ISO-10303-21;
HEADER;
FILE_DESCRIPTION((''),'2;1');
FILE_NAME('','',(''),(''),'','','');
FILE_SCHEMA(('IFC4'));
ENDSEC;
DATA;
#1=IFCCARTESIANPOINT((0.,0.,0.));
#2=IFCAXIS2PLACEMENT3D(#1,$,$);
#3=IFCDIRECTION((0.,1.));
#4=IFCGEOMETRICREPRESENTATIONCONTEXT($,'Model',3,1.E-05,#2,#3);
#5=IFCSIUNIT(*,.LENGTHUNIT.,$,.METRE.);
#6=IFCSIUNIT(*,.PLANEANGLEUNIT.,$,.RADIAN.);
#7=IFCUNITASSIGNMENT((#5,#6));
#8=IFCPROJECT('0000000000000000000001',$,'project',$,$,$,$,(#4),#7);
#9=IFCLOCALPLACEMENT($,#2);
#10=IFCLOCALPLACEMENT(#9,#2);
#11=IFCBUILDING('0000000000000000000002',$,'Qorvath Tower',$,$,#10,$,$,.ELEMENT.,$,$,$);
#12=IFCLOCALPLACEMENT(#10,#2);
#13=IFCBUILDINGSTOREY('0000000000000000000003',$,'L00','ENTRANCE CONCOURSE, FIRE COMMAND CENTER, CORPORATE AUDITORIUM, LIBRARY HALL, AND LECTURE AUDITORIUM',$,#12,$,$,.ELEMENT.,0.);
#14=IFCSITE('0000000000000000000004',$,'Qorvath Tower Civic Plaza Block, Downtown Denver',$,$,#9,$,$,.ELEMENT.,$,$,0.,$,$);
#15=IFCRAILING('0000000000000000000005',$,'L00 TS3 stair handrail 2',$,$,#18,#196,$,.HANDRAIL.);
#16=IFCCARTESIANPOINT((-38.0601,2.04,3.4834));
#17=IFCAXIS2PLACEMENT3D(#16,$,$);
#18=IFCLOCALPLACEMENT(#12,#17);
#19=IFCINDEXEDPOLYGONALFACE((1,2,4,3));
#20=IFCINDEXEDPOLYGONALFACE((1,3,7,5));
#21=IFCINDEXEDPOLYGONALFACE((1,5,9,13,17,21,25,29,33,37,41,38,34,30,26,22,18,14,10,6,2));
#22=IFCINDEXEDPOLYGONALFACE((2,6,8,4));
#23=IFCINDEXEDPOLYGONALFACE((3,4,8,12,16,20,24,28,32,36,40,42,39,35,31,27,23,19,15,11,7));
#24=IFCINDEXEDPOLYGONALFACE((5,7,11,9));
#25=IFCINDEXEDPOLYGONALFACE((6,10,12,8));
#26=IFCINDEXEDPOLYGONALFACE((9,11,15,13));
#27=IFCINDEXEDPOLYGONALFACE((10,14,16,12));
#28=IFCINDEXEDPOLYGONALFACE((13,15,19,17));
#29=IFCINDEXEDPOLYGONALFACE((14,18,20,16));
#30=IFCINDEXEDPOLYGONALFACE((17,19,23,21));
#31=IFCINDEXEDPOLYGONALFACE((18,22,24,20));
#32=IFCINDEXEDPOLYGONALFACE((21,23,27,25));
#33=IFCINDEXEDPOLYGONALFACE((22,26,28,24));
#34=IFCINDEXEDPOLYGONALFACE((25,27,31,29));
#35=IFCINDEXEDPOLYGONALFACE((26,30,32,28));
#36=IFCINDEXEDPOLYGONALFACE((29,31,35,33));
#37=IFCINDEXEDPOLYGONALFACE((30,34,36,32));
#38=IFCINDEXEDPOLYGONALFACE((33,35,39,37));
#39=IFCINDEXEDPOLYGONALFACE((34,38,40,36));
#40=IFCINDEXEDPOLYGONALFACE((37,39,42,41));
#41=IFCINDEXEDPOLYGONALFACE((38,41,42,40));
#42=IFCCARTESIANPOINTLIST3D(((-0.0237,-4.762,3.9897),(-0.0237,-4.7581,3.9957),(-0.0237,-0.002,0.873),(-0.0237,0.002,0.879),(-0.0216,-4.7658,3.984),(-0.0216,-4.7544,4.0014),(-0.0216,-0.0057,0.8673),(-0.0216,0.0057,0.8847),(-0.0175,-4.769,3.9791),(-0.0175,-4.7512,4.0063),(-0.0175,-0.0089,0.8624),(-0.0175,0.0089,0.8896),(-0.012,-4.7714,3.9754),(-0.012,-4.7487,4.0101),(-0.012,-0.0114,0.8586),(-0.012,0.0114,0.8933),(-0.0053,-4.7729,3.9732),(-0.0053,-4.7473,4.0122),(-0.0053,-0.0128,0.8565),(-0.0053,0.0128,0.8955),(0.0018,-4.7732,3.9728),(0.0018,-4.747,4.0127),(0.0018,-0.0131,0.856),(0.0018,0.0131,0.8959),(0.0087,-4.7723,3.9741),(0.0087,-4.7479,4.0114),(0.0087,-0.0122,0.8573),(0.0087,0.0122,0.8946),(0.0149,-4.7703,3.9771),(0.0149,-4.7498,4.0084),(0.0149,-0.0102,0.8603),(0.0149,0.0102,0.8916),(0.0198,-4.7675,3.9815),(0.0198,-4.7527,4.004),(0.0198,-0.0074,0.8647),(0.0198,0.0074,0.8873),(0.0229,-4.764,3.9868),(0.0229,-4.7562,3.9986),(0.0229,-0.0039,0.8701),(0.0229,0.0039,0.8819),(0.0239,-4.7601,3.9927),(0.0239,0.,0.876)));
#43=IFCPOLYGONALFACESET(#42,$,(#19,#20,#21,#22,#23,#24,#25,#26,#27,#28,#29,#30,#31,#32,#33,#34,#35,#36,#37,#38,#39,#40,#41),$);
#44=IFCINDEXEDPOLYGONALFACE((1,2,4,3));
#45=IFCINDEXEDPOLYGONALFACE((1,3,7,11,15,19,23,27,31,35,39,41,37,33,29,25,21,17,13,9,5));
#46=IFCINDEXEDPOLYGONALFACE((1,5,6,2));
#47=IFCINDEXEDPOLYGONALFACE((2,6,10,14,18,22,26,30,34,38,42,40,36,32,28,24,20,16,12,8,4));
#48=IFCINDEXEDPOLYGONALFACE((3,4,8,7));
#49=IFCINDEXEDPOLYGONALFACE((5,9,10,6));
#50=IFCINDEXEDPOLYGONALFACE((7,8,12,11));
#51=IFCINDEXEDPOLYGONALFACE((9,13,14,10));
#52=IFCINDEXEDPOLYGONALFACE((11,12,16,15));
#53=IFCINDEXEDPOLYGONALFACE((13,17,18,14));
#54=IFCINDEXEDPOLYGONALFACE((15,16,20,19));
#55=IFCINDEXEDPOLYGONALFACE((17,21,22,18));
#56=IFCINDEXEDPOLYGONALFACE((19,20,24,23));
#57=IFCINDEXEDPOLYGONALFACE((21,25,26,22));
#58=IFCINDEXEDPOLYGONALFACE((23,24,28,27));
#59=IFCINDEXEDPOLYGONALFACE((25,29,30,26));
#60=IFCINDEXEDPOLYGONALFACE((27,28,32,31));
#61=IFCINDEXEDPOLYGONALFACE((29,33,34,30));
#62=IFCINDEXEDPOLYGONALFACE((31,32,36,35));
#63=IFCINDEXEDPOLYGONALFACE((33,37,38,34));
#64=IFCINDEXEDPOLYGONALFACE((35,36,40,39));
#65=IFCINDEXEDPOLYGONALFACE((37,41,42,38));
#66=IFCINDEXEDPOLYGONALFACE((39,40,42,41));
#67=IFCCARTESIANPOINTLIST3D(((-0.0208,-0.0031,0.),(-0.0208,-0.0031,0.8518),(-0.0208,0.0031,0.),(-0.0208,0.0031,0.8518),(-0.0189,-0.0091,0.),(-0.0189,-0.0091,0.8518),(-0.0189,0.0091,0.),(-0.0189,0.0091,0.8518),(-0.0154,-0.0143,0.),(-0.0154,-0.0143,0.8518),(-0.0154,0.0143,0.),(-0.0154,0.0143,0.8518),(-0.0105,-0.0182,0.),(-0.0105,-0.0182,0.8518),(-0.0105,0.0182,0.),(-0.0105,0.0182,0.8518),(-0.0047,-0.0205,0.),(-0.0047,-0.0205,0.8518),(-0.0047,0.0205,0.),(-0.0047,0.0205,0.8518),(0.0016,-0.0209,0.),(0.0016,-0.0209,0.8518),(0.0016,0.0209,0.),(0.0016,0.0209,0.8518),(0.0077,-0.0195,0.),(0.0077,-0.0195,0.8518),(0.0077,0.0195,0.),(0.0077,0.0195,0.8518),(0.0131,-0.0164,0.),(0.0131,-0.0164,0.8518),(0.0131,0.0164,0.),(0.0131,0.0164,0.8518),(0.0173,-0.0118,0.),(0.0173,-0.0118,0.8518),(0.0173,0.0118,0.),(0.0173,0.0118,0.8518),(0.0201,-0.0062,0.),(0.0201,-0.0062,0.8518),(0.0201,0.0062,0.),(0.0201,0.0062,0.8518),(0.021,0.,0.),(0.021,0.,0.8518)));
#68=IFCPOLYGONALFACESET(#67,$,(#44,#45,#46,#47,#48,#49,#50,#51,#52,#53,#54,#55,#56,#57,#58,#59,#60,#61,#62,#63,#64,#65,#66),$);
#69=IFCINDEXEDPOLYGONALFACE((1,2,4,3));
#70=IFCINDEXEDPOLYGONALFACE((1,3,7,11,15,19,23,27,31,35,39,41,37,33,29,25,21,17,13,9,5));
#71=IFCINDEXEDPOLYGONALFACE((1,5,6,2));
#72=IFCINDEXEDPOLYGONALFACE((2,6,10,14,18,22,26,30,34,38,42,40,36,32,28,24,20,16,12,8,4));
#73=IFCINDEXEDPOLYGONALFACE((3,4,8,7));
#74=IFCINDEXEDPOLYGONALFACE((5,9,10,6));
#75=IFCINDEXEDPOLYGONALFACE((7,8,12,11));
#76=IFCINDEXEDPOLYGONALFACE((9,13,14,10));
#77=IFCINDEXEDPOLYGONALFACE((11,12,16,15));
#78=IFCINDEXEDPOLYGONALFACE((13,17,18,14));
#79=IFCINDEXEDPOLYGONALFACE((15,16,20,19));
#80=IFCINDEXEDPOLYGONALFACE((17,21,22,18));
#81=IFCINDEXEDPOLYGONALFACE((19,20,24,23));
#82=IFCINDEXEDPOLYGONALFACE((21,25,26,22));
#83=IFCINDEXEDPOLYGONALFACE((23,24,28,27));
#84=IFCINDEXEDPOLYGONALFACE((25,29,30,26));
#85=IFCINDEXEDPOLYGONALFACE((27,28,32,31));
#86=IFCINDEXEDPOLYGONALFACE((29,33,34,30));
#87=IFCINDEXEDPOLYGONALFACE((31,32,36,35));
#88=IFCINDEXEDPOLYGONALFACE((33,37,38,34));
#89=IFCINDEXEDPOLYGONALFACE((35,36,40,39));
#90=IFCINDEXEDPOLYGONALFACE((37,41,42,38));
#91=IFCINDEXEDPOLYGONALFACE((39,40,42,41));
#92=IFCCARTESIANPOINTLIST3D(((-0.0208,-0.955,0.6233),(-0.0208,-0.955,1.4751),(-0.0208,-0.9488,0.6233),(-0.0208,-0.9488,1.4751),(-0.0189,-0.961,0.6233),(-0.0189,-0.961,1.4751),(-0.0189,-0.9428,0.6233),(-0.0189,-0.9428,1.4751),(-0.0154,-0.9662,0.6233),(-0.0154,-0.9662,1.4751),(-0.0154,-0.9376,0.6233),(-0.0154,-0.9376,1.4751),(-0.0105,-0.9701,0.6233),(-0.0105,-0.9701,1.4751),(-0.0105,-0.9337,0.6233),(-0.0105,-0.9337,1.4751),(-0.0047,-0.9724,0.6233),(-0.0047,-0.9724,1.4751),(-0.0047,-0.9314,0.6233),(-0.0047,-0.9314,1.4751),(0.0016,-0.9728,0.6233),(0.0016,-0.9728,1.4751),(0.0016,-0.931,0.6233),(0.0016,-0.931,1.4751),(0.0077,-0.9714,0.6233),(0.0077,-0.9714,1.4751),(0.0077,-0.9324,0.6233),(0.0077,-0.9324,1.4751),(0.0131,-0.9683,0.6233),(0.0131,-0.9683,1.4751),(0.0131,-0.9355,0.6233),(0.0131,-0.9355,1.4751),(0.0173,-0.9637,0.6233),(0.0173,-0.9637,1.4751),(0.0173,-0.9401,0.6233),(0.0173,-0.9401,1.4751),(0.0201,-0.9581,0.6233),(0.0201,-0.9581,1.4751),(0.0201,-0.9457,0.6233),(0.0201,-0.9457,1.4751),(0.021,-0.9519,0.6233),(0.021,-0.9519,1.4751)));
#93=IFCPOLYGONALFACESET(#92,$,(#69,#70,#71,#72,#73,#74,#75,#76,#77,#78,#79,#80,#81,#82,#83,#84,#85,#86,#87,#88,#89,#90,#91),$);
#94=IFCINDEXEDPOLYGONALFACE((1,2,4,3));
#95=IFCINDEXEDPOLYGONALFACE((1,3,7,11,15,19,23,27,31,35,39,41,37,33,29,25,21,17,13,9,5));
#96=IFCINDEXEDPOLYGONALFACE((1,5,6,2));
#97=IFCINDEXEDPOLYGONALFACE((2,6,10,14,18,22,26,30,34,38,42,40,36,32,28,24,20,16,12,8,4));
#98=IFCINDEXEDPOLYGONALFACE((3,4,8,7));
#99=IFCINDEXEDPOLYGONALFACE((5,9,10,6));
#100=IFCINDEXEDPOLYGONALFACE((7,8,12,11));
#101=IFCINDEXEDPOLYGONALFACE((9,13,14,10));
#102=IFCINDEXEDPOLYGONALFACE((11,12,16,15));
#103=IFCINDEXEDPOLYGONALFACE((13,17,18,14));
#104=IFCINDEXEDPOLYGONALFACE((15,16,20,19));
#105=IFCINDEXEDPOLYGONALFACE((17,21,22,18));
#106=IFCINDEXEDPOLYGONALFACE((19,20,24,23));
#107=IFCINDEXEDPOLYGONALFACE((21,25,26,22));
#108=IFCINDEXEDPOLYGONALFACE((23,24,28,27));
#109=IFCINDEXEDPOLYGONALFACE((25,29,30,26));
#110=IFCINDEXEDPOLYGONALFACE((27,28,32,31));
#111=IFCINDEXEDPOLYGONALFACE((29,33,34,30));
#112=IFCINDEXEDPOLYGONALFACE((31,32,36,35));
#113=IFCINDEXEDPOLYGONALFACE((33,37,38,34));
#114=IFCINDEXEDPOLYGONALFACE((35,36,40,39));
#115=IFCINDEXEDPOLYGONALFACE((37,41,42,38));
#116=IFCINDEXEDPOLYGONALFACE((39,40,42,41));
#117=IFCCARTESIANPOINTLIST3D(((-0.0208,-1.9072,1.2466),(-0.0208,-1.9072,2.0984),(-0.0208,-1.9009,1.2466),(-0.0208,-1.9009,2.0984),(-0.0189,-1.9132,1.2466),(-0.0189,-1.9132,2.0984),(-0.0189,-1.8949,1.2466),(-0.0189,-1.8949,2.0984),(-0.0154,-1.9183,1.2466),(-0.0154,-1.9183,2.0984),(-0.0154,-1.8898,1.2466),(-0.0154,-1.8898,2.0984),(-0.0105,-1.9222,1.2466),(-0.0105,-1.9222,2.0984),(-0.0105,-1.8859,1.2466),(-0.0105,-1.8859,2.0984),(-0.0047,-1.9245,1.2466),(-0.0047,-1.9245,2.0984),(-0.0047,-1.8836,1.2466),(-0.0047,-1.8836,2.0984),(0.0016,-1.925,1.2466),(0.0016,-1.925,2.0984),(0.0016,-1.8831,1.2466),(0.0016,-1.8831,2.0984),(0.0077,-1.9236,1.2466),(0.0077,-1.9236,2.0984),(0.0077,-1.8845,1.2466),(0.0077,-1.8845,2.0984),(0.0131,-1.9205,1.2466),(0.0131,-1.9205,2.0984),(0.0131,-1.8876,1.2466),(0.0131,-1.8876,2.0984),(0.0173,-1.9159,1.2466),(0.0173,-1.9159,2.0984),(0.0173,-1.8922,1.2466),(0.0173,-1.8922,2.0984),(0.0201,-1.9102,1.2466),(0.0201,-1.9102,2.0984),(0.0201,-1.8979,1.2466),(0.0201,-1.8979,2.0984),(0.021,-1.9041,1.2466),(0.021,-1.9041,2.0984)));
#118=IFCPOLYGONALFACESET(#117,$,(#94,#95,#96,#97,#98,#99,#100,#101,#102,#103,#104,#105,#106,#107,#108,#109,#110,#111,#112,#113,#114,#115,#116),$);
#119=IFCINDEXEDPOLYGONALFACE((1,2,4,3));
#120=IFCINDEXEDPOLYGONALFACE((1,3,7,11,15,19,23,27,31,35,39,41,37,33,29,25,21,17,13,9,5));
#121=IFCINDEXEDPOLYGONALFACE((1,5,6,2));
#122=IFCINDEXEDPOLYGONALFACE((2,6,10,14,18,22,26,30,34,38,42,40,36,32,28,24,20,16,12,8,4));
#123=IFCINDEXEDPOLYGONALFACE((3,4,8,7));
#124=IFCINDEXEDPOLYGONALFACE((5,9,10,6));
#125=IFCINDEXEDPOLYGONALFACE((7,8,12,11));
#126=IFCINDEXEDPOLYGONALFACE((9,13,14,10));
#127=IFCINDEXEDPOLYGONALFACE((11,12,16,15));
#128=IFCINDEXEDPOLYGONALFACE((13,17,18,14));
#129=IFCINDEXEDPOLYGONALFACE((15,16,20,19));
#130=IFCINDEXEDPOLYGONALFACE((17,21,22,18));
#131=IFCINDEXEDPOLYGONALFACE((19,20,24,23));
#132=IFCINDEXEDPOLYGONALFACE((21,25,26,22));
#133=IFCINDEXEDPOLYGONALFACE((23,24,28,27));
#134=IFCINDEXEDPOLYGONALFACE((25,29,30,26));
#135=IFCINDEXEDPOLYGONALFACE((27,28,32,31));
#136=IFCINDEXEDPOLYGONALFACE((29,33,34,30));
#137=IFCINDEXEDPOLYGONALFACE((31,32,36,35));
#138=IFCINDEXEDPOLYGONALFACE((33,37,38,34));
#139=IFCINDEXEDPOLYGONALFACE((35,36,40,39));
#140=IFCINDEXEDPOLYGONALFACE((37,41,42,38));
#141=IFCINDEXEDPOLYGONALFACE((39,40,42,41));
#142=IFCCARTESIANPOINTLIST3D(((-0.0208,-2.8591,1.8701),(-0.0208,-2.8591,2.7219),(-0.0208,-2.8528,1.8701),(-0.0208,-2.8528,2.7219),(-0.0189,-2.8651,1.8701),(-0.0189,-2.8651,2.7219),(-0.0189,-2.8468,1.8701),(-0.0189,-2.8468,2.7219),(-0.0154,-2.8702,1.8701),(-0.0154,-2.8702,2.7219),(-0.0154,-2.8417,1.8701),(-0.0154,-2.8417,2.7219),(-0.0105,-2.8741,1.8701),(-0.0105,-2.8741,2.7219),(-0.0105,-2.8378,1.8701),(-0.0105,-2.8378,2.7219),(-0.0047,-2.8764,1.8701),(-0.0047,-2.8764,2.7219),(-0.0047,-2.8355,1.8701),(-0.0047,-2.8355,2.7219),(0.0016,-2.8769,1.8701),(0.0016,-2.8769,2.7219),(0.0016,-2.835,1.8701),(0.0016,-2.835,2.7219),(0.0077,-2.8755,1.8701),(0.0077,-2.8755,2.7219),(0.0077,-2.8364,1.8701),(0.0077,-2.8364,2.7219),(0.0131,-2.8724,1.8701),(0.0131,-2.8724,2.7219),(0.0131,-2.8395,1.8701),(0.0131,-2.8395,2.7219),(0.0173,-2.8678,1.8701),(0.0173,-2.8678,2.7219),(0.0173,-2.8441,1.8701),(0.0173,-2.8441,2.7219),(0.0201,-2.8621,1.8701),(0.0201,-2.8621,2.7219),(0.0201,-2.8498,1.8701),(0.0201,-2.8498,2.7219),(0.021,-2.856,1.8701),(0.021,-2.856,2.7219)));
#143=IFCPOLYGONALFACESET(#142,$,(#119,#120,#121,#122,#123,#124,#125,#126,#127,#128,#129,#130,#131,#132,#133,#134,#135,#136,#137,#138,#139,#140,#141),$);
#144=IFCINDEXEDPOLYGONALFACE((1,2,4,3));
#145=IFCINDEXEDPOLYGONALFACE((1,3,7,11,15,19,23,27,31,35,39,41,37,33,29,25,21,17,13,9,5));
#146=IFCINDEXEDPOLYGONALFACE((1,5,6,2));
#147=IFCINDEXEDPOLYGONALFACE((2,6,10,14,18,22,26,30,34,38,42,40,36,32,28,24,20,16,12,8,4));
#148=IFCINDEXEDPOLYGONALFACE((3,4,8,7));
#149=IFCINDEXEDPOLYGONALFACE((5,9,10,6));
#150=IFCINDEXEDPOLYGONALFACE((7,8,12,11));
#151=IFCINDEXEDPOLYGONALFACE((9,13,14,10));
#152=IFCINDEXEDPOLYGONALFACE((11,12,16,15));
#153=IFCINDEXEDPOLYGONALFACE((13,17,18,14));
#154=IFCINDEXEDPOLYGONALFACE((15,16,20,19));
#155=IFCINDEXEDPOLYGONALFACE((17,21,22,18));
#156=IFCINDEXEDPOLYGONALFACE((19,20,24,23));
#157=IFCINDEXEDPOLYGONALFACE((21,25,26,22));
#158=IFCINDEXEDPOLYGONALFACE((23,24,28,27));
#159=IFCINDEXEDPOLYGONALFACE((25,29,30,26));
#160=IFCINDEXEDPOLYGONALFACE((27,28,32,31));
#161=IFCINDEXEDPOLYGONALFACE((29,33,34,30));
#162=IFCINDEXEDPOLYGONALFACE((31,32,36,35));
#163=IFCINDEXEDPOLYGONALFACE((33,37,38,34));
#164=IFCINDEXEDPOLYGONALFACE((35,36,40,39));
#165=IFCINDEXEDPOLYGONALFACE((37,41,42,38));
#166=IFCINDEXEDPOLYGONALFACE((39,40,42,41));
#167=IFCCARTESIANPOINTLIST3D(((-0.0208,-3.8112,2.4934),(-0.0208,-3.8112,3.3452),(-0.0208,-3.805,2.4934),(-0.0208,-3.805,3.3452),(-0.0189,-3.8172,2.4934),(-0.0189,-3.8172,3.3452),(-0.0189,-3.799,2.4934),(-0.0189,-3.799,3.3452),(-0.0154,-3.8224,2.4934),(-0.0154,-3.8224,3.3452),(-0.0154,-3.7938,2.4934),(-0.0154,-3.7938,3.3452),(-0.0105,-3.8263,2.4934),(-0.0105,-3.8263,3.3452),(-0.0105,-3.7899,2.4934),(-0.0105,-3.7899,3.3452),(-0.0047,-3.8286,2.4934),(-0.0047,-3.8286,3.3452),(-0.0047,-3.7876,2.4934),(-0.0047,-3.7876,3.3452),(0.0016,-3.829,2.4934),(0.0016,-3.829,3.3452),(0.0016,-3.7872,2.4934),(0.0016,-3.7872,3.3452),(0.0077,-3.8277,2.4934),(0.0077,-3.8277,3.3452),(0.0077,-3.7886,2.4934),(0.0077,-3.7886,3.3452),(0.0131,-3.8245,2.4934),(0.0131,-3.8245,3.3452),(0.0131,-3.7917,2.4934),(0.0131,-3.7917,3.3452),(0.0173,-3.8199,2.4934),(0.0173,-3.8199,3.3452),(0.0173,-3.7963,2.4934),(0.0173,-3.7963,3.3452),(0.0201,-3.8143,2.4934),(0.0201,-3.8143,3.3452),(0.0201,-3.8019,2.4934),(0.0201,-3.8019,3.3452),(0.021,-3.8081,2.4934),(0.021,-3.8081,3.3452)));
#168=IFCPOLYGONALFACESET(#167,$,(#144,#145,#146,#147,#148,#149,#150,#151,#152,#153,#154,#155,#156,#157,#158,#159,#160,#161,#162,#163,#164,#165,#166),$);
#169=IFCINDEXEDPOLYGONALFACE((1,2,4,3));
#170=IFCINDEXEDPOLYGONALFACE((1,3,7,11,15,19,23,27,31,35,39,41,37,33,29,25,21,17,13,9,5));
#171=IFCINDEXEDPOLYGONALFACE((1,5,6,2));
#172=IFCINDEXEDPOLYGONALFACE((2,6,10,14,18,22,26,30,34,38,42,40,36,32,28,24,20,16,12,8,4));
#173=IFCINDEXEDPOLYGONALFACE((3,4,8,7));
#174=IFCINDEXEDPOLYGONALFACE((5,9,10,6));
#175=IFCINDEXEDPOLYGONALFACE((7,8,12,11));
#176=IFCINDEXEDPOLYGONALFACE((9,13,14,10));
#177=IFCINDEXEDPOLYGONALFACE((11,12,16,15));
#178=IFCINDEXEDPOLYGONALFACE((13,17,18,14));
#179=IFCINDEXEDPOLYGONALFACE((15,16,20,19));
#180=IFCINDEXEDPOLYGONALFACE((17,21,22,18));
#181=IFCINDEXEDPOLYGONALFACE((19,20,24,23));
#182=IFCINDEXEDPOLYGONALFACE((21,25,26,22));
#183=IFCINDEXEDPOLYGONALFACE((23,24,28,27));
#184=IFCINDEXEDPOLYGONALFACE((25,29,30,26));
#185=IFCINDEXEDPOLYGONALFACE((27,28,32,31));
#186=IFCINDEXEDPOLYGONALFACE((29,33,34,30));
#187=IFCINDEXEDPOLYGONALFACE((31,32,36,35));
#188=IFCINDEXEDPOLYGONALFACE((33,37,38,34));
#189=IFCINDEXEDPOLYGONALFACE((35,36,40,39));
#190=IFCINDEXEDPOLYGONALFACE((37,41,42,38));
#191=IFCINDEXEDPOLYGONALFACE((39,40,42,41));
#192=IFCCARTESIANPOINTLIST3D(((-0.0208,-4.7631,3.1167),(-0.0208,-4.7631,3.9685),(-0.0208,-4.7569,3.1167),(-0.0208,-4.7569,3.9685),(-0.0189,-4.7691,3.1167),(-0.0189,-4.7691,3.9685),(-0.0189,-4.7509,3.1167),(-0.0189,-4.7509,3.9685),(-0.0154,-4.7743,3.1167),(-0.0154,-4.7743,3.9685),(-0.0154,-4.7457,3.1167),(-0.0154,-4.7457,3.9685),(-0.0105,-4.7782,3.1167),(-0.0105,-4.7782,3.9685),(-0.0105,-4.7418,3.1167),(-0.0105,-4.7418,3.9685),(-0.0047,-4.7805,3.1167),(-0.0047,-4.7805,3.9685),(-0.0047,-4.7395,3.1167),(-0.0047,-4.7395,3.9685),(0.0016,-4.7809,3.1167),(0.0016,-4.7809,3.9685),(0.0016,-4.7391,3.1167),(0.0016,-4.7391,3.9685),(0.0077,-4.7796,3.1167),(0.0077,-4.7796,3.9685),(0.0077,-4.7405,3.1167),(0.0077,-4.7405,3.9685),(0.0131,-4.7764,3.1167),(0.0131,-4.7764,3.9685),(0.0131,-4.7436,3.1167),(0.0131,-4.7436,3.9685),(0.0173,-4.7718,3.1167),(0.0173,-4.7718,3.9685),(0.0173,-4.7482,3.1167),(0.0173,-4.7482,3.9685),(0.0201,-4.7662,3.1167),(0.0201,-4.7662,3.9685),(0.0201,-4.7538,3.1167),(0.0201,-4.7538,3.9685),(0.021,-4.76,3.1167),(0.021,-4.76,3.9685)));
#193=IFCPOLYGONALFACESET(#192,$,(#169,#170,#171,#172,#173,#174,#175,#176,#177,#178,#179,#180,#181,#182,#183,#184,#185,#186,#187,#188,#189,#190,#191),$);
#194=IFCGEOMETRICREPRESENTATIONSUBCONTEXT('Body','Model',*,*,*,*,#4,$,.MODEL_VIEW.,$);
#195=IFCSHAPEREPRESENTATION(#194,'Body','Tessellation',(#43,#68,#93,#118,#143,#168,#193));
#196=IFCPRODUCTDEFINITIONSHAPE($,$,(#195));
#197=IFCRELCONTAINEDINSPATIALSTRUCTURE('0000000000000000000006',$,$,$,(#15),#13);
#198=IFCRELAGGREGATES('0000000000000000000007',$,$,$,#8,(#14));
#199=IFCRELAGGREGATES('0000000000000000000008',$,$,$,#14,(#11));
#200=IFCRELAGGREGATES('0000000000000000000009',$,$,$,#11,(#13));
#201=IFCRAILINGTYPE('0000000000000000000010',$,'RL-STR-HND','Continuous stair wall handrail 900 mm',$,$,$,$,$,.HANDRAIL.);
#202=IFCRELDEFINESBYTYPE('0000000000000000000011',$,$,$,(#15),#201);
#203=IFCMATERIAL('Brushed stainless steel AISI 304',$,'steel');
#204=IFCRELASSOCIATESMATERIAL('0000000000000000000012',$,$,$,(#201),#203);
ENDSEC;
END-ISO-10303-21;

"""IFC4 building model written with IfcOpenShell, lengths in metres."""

from ifc_helpers import new_model, si_unit, direction, frame, origin, origin_2d, place, context, subcontext, project, spatial, circle, extrude, material, type_object, element, save


model = new_model("IFC4")

# Units and contexts
model_context = context("Model", 3, precision=1e-05, world=origin(), true_north=direction((0.0, 1.0)))
body_context = subcontext(model_context, "Body", "Model", "MODEL_VIEW")
ifc_project = project(units=[si_unit("LENGTHUNIT", "METRE"), si_unit("PLANEANGLEUNIT", "RADIAN")], contexts=[model_context])

# Site, building, storey
site_placement = place(None, origin())
site = spatial("IfcSite", under=ifc_project, at=site_placement, Name="Qorvath Tower Civic Plaza Block, Downtown Denver", CompositionType="ELEMENT", RefElevation=0.0)
building_placement = place(site_placement, origin())
building = spatial("IfcBuilding", under=site, at=building_placement, Name="Qorvath Tower", CompositionType="ELEMENT")
storey_placement = place(building_placement, origin())
storey = spatial("IfcBuildingStorey", under=building, at=storey_placement, Name="L00", Description="ENTRANCE CONCOURSE, FIRE COMMAND CENTER, CORPORATE AUDITORIUM, LIBRARY HALL, AND LECTURE AUDITORIUM", CompositionType="ELEMENT", Elevation=0.0)

# Railing
ifc_material_1 = material(Name="Brushed stainless steel AISI 304", Category="steel")
railing_type_1 = type_object("IfcRailingType", Name="RL-STR-HND", Description="Continuous stair wall handrail 900 mm", PredefinedType="HANDRAIL", material=ifc_material_1)
railing_1_placement = place(storey_placement, frame((-38.0601, 2.04, 3.4834)))
element("IfcRailing", 1, at=railing_1_placement, inside=storey, type_object=railing_type_1, Name="L00 TS3 stair handrail 2", PredefinedType="HANDRAIL", context=body_context, shape_type="SweptSolid", body=[
    extrude(circle(Radius=0.0239, at=origin_2d()), frame((0.0, 0.0, 0.876), z_axis=(0.0, -0.836616, 0.547789), x_axis=(1.0, 0.0, 0.0)), (0.0, 0.0, 1.0), 5.6897),
    extrude(circle(Radius=0.021, at=origin_2d()), origin(), (0.0, 0.0, 1.0), 0.8518),
    extrude(circle(Radius=0.021, at=origin_2d()), frame((0.0, -0.9519, 0.6233)), (0.0, 0.0, 1.0), 0.8518),
    extrude(circle(Radius=0.021, at=origin_2d()), frame((0.0, -1.9041, 1.2466)), (0.0, 0.0, 1.0), 0.8518),
    extrude(circle(Radius=0.021, at=origin_2d()), frame((0.0, -2.856, 1.8701)), (0.0, 0.0, 1.0), 0.8518),
    extrude(circle(Radius=0.021, at=origin_2d()), frame((0.0, -3.8081, 2.4934)), (0.0, 0.0, 1.0), 0.8518),
    extrude(circle(Radius=0.021, at=origin_2d()), frame((0.0, -4.76, 3.1167)), (0.0, 0.0, 1.0), 0.8518),
])

save(model, "model.ifc")
